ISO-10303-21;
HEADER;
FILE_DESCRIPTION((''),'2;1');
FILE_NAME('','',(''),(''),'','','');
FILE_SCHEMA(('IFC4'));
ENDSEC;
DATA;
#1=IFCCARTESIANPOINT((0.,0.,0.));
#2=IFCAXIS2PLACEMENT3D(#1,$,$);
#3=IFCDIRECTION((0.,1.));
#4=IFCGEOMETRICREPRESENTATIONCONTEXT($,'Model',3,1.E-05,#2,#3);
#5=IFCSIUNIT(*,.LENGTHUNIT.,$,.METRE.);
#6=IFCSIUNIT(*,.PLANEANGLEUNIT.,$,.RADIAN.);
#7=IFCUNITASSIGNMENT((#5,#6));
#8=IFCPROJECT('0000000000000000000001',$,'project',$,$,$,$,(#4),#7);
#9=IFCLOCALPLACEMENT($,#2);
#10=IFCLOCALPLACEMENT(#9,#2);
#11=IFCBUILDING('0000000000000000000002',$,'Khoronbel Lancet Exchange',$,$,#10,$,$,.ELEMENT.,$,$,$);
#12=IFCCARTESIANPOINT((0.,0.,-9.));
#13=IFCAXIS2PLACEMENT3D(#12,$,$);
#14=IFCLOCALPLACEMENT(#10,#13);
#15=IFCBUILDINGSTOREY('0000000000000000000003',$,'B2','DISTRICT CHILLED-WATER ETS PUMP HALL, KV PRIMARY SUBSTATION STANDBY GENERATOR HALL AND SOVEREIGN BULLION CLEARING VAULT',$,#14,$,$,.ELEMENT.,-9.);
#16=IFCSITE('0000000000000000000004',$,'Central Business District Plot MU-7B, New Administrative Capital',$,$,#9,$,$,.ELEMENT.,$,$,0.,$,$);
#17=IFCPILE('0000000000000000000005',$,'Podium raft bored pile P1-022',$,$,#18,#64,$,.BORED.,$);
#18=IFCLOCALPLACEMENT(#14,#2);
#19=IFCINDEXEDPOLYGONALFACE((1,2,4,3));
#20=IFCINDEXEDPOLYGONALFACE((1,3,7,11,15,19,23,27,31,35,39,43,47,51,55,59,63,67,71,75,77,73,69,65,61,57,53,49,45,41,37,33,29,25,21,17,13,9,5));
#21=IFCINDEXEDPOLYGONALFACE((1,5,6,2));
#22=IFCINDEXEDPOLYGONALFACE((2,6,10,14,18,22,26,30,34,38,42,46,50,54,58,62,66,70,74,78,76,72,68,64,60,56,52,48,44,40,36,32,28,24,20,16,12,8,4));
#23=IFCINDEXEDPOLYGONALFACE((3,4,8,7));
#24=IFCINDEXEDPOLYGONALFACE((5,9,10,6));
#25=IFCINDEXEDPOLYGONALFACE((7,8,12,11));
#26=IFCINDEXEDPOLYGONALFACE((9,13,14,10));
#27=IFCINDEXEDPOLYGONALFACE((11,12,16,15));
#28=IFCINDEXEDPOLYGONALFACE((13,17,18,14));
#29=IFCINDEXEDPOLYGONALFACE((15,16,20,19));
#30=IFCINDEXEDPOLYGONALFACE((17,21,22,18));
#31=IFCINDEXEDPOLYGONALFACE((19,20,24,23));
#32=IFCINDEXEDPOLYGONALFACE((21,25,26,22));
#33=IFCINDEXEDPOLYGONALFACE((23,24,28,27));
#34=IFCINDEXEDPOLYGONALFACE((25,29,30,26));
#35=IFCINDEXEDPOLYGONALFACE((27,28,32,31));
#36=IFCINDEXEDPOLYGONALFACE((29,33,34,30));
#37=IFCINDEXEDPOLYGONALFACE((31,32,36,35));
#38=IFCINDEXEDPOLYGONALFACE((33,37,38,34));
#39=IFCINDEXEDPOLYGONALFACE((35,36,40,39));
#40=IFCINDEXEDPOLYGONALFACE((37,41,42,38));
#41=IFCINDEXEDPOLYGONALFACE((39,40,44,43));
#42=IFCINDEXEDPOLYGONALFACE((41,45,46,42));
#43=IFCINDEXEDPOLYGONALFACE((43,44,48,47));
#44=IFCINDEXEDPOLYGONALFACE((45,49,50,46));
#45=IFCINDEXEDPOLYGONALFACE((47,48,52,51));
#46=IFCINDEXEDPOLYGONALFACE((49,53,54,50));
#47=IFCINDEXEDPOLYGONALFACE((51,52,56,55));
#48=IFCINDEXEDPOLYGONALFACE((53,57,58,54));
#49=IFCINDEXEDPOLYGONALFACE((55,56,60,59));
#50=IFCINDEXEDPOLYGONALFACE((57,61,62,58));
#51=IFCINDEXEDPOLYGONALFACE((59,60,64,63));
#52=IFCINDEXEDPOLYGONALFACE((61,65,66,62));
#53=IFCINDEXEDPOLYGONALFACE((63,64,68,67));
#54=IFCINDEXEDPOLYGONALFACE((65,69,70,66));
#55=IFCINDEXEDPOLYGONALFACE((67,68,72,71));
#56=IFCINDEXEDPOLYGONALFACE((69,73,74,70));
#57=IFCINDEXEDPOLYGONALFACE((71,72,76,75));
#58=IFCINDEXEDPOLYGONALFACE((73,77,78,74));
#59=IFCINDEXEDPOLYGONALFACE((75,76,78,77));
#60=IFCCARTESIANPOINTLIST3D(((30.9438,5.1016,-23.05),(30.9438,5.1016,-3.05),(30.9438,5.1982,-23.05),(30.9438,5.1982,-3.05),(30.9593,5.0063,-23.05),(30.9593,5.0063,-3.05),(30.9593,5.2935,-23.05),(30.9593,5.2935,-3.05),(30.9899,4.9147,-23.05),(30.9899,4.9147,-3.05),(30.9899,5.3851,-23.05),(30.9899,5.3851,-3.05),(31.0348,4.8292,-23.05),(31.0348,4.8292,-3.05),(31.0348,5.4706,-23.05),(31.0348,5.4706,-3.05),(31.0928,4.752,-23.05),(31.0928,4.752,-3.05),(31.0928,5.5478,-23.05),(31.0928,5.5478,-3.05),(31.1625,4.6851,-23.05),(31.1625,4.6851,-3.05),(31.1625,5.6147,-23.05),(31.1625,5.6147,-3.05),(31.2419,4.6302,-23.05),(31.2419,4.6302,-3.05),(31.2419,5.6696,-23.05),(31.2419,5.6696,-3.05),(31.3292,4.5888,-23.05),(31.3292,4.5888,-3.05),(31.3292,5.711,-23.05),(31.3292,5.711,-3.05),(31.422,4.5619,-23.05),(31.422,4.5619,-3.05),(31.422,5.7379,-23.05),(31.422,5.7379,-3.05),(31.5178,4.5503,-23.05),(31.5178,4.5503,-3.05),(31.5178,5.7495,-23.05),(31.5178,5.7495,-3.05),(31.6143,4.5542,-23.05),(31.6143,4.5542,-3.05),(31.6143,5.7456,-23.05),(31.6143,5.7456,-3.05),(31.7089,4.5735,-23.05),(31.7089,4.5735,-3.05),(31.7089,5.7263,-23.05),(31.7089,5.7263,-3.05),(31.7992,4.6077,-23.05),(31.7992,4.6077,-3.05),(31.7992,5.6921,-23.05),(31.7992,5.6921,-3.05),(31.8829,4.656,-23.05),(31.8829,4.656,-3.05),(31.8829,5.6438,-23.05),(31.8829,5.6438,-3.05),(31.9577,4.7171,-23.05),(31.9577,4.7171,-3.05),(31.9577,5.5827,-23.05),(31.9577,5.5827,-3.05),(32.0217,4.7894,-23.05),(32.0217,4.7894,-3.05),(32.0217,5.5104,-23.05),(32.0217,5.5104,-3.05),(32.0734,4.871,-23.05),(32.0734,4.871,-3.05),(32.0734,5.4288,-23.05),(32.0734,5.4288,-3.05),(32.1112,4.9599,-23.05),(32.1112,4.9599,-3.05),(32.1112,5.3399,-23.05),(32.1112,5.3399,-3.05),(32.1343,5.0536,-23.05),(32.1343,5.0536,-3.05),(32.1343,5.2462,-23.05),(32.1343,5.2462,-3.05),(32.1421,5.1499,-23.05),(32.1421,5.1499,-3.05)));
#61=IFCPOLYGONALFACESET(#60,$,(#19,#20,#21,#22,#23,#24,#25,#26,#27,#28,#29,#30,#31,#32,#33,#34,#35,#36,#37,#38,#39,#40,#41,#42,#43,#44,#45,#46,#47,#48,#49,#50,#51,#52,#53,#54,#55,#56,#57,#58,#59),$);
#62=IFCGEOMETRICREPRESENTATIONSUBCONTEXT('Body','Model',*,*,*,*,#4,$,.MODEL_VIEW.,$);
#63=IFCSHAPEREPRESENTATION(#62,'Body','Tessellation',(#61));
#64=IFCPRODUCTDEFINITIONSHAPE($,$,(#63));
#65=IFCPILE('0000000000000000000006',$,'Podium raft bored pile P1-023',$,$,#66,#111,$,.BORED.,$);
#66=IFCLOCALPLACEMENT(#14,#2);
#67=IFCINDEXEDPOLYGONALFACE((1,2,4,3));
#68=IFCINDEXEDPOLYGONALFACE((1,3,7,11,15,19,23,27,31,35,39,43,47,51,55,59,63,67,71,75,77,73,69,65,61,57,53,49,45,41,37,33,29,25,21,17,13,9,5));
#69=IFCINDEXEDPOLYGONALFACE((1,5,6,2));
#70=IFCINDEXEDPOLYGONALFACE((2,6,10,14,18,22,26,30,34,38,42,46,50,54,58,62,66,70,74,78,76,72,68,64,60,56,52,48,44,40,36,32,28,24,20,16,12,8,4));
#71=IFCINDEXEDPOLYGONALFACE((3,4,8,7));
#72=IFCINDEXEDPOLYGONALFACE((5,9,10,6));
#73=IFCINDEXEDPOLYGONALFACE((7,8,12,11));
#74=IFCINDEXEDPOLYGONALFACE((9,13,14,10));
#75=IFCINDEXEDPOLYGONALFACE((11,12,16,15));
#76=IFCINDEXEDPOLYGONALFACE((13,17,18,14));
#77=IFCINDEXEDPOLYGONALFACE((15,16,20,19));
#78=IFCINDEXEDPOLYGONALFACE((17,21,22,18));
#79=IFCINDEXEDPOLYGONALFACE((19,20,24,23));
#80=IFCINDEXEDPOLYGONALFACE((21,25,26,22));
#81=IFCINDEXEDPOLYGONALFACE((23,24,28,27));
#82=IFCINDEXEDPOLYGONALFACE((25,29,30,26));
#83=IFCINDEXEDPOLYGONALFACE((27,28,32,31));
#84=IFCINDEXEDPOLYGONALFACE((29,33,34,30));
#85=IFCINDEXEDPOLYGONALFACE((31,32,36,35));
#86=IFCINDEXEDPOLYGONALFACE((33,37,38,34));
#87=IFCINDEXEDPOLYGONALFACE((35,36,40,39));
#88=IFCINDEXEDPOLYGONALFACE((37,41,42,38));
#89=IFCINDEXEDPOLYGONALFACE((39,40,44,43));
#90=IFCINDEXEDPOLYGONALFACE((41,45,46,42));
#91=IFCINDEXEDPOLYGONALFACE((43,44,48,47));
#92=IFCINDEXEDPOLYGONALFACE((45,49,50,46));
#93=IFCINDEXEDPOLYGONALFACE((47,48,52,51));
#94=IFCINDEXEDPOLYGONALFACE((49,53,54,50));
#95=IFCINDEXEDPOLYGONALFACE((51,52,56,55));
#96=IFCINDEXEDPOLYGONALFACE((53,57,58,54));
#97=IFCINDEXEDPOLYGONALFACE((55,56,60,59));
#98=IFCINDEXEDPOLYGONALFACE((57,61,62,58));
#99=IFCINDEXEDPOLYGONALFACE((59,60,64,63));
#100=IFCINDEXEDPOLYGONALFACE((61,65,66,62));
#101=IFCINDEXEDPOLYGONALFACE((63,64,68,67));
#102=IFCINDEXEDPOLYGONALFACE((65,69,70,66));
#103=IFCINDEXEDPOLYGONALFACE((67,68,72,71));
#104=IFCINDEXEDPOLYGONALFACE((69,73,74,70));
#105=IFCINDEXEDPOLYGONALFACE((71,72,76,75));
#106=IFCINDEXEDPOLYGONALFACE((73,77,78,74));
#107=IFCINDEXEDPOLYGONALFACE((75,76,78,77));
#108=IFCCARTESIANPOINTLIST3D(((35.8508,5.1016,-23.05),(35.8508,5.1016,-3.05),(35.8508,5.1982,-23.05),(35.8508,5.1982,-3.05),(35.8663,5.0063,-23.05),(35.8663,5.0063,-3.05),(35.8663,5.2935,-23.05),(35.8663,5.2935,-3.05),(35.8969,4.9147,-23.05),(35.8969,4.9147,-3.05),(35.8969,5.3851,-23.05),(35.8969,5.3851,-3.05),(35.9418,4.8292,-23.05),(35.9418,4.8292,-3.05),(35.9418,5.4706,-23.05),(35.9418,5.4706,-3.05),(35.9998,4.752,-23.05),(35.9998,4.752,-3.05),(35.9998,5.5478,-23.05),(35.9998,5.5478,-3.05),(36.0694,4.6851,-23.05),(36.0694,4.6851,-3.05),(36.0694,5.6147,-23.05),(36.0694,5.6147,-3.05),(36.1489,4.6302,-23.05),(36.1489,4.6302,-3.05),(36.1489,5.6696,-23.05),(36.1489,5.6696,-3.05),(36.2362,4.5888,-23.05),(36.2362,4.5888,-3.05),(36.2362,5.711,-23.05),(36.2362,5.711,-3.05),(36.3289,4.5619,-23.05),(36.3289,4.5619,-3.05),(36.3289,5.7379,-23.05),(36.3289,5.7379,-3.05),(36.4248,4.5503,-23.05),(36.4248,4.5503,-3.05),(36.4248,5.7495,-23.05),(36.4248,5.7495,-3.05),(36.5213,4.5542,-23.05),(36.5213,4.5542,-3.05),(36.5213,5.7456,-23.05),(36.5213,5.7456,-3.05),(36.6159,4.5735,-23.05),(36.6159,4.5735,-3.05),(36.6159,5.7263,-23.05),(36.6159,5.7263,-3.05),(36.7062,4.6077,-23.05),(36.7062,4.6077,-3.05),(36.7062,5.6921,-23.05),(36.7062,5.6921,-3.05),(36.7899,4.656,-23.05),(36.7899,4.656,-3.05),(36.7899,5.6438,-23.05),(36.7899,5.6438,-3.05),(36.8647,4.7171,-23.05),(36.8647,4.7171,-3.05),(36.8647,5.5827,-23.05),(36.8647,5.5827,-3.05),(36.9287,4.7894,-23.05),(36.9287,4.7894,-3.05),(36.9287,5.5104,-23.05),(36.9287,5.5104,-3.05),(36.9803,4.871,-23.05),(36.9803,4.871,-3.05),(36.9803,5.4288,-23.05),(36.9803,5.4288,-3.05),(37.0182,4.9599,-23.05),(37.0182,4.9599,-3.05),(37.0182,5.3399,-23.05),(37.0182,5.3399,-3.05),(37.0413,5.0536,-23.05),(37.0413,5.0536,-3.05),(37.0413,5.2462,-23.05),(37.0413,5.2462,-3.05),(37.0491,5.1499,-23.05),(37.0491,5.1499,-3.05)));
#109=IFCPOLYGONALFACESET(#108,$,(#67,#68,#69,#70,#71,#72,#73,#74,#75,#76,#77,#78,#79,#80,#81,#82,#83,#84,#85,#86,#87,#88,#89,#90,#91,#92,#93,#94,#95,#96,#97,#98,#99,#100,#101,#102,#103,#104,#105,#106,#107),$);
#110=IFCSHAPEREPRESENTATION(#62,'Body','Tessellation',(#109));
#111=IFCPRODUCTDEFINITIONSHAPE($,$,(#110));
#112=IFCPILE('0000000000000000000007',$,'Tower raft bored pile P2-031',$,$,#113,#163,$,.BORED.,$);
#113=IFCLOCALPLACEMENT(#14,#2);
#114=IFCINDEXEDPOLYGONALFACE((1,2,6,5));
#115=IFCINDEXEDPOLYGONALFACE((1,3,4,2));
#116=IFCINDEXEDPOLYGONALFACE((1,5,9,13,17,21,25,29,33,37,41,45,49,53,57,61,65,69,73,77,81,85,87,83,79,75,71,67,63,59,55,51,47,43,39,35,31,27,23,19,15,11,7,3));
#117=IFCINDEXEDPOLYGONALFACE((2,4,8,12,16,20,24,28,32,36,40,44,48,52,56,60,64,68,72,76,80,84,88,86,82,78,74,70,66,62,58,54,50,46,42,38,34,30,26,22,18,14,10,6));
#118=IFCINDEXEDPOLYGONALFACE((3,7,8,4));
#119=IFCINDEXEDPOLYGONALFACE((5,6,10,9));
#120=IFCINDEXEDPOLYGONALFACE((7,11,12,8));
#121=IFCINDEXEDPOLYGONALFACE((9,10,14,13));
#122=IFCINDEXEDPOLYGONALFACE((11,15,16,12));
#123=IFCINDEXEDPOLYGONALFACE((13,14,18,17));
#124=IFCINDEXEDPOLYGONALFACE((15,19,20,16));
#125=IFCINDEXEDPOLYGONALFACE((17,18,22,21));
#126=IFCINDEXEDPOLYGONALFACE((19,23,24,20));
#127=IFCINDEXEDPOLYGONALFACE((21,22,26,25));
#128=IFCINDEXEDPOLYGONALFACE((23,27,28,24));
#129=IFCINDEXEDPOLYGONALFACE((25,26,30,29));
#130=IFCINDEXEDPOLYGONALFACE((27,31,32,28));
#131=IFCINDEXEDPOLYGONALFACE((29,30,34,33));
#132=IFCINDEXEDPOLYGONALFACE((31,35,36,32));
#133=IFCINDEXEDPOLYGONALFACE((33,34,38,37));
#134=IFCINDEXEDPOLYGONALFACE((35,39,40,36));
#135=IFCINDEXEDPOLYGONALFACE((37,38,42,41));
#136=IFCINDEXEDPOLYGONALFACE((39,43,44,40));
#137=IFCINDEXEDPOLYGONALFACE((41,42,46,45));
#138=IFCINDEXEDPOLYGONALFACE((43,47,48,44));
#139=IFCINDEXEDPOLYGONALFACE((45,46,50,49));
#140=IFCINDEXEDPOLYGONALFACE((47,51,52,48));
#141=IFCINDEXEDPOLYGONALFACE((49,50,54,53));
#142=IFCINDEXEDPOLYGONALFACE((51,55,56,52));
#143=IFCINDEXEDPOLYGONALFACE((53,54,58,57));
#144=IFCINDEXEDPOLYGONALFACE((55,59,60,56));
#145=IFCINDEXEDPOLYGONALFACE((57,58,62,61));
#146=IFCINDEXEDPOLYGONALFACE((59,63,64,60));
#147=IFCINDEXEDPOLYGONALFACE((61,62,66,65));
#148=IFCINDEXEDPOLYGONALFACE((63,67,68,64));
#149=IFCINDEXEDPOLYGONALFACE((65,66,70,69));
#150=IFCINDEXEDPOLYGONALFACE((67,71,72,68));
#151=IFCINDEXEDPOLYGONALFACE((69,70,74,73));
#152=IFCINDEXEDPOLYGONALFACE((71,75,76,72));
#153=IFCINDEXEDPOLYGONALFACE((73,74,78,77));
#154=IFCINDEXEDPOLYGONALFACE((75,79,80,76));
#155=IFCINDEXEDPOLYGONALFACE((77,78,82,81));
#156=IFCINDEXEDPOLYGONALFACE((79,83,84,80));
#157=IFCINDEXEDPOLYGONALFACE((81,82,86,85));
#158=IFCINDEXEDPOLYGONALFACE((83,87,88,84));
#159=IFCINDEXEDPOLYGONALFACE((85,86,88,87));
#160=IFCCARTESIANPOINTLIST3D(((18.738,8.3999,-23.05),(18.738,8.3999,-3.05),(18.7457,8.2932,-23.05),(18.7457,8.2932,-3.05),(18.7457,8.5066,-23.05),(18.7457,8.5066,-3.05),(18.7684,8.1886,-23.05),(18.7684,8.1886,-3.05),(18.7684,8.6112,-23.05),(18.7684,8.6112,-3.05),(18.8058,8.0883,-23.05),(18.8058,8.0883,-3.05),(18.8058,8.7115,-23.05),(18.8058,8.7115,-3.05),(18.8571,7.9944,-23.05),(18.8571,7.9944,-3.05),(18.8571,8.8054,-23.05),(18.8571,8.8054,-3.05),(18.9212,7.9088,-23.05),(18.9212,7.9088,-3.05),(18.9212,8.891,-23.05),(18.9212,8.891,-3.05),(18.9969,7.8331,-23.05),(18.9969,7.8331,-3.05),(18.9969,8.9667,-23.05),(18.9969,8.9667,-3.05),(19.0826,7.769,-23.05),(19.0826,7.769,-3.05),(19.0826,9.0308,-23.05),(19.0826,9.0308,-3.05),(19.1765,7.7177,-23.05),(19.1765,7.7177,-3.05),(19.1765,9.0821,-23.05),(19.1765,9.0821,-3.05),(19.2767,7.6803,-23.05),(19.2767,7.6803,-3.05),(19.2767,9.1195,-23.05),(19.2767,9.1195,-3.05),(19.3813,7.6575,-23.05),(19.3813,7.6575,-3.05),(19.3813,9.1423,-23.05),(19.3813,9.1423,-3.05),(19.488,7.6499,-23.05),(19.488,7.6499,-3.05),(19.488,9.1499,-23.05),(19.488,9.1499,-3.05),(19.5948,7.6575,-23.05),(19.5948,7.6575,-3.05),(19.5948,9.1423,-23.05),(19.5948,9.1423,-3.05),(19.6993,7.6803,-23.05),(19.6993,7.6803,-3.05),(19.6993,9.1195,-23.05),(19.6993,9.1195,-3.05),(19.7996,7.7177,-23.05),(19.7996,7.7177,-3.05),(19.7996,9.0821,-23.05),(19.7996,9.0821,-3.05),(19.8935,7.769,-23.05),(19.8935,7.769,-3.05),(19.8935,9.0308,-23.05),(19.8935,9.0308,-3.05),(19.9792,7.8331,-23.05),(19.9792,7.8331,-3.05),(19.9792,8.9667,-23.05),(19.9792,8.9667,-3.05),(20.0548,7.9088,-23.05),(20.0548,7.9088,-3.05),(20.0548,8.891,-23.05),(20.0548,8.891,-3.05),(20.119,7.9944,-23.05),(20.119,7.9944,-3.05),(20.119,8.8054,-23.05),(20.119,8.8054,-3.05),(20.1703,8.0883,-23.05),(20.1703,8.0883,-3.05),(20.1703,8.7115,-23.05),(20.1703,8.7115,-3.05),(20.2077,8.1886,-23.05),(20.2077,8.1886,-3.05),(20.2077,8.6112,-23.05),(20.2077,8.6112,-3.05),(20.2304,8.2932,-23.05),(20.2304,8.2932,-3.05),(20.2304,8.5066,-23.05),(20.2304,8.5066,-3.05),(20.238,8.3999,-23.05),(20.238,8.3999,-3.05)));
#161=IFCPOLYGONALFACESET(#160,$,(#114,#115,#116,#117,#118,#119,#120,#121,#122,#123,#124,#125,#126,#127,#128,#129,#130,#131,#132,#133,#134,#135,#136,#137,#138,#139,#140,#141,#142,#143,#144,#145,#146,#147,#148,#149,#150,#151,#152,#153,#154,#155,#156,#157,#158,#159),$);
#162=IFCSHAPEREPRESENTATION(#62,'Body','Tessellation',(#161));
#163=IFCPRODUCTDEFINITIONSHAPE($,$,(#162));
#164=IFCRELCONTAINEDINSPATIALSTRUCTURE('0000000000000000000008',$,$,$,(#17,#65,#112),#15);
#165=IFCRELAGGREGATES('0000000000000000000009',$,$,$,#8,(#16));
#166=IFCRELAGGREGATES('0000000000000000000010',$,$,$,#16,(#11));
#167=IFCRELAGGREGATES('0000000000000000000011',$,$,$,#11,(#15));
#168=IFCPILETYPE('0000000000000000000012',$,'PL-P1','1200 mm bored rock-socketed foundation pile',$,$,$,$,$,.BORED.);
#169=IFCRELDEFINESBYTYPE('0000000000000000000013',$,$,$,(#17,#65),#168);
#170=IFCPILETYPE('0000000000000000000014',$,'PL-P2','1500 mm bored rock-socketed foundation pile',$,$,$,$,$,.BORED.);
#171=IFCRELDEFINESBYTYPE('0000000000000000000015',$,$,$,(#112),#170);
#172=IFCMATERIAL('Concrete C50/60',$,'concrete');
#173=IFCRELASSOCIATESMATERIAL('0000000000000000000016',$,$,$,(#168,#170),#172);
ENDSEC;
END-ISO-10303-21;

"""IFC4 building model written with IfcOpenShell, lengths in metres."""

from ifc_helpers import new_model, si_unit, direction, frame, origin, origin_2d, place, context, subcontext, project, spatial, circle, extrude, material, material_profile, profile_set, type_object, element, save


model = new_model("IFC4")

# Units and contexts
model_context = context("Model", 3, precision=1e-05, world=origin(), true_north=direction((0.0, 1.0)))
body_context = subcontext(model_context, "Body", "Model", "MODEL_VIEW")
ifc_project = project(units=[si_unit("LENGTHUNIT", "METRE"), si_unit("PLANEANGLEUNIT", "RADIAN")], contexts=[model_context])

# Site, building, storey
site_placement = place(None, origin())
site = spatial("IfcSite", under=ifc_project, at=site_placement, Name="Central Business District Plot MU-7B, New Administrative Capital", CompositionType="ELEMENT", RefElevation=0.0)
building_placement = place(site_placement, origin())
building = spatial("IfcBuilding", under=site, at=building_placement, Name="Khoronbel Lancet Exchange", CompositionType="ELEMENT")
storey_placement = place(building_placement, frame((0.0, 0.0, -9.0)))
storey = spatial("IfcBuildingStorey", under=building, at=storey_placement, Name="B2", Description="DISTRICT CHILLED-WATER ETS PUMP HALL, KV PRIMARY SUBSTATION STANDBY GENERATOR HALL AND SOVEREIGN BULLION CLEARING VAULT", CompositionType="ELEMENT", Elevation=-9.0)

# Piles
ifc_material_1 = material(Name="Concrete C50/60", Category="concrete")
ifc_material_profile_1 = material_profile(ifc_material_1, circle(Radius=0.6001, at=origin_2d()), Name="BORED PILE D1200")
ifc_profile_set_1 = profile_set([ifc_material_profile_1], Name="Concrete C50/60")
pile_type_1 = type_object("IfcPileType", Name="PL-P1", Description="1200 mm bored rock-socketed foundation pile", PredefinedType="BORED", material=ifc_profile_set_1)
for number, where, z_axis, x_axis, name in (
    (1, (31.542, 5.1499, -3.05), (0.0, 0.0, -1.0), (1.0, 0.0, 0.0), "Podium raft bored pile P1-022"),
    (2, (36.449, 5.1499, -3.05), (0.0, 0.0, -1.0), (1.0, 0.0, 0.0), "Podium raft bored pile P1-023"),
):
    element("IfcPile", number, at=place(storey_placement, frame(where, z_axis=z_axis, x_axis=x_axis)), inside=storey, type_object=pile_type_1, Name=name, PredefinedType="BORED", context=body_context, shape_type="SweptSolid", body=[
        extrude(circle(Radius=0.6001, at=origin_2d()), origin(), (0.0, 0.0, 1.0), 20.0),
    ])
ifc_material_profile_2 = material_profile(ifc_material_1, circle(Radius=0.75, at=origin_2d()), Name="BORED PILE D1500")
ifc_profile_set_2 = profile_set([ifc_material_profile_2], Name="Concrete C50/60")
pile_type_2 = type_object("IfcPileType", Name="PL-P2", Description="1500 mm bored rock-socketed foundation pile", PredefinedType="BORED", material=ifc_profile_set_2)
for number, where, z_axis, x_axis, name in (
    (3, (19.488, 8.3999, -3.05), (0.0, 0.0, -1.0), (1.0, 0.0, 0.0), "Tower raft bored pile P2-031"),
):
    element("IfcPile", number, at=place(storey_placement, frame(where, z_axis=z_axis, x_axis=x_axis)), inside=storey, type_object=pile_type_2, Name=name, PredefinedType="BORED", context=body_context, shape_type="SweptSolid", body=[
        extrude(circle(Radius=0.75, at=origin_2d()), origin(), (0.0, 0.0, 1.0), 20.0),
    ])

save(model, "model.ifc")
